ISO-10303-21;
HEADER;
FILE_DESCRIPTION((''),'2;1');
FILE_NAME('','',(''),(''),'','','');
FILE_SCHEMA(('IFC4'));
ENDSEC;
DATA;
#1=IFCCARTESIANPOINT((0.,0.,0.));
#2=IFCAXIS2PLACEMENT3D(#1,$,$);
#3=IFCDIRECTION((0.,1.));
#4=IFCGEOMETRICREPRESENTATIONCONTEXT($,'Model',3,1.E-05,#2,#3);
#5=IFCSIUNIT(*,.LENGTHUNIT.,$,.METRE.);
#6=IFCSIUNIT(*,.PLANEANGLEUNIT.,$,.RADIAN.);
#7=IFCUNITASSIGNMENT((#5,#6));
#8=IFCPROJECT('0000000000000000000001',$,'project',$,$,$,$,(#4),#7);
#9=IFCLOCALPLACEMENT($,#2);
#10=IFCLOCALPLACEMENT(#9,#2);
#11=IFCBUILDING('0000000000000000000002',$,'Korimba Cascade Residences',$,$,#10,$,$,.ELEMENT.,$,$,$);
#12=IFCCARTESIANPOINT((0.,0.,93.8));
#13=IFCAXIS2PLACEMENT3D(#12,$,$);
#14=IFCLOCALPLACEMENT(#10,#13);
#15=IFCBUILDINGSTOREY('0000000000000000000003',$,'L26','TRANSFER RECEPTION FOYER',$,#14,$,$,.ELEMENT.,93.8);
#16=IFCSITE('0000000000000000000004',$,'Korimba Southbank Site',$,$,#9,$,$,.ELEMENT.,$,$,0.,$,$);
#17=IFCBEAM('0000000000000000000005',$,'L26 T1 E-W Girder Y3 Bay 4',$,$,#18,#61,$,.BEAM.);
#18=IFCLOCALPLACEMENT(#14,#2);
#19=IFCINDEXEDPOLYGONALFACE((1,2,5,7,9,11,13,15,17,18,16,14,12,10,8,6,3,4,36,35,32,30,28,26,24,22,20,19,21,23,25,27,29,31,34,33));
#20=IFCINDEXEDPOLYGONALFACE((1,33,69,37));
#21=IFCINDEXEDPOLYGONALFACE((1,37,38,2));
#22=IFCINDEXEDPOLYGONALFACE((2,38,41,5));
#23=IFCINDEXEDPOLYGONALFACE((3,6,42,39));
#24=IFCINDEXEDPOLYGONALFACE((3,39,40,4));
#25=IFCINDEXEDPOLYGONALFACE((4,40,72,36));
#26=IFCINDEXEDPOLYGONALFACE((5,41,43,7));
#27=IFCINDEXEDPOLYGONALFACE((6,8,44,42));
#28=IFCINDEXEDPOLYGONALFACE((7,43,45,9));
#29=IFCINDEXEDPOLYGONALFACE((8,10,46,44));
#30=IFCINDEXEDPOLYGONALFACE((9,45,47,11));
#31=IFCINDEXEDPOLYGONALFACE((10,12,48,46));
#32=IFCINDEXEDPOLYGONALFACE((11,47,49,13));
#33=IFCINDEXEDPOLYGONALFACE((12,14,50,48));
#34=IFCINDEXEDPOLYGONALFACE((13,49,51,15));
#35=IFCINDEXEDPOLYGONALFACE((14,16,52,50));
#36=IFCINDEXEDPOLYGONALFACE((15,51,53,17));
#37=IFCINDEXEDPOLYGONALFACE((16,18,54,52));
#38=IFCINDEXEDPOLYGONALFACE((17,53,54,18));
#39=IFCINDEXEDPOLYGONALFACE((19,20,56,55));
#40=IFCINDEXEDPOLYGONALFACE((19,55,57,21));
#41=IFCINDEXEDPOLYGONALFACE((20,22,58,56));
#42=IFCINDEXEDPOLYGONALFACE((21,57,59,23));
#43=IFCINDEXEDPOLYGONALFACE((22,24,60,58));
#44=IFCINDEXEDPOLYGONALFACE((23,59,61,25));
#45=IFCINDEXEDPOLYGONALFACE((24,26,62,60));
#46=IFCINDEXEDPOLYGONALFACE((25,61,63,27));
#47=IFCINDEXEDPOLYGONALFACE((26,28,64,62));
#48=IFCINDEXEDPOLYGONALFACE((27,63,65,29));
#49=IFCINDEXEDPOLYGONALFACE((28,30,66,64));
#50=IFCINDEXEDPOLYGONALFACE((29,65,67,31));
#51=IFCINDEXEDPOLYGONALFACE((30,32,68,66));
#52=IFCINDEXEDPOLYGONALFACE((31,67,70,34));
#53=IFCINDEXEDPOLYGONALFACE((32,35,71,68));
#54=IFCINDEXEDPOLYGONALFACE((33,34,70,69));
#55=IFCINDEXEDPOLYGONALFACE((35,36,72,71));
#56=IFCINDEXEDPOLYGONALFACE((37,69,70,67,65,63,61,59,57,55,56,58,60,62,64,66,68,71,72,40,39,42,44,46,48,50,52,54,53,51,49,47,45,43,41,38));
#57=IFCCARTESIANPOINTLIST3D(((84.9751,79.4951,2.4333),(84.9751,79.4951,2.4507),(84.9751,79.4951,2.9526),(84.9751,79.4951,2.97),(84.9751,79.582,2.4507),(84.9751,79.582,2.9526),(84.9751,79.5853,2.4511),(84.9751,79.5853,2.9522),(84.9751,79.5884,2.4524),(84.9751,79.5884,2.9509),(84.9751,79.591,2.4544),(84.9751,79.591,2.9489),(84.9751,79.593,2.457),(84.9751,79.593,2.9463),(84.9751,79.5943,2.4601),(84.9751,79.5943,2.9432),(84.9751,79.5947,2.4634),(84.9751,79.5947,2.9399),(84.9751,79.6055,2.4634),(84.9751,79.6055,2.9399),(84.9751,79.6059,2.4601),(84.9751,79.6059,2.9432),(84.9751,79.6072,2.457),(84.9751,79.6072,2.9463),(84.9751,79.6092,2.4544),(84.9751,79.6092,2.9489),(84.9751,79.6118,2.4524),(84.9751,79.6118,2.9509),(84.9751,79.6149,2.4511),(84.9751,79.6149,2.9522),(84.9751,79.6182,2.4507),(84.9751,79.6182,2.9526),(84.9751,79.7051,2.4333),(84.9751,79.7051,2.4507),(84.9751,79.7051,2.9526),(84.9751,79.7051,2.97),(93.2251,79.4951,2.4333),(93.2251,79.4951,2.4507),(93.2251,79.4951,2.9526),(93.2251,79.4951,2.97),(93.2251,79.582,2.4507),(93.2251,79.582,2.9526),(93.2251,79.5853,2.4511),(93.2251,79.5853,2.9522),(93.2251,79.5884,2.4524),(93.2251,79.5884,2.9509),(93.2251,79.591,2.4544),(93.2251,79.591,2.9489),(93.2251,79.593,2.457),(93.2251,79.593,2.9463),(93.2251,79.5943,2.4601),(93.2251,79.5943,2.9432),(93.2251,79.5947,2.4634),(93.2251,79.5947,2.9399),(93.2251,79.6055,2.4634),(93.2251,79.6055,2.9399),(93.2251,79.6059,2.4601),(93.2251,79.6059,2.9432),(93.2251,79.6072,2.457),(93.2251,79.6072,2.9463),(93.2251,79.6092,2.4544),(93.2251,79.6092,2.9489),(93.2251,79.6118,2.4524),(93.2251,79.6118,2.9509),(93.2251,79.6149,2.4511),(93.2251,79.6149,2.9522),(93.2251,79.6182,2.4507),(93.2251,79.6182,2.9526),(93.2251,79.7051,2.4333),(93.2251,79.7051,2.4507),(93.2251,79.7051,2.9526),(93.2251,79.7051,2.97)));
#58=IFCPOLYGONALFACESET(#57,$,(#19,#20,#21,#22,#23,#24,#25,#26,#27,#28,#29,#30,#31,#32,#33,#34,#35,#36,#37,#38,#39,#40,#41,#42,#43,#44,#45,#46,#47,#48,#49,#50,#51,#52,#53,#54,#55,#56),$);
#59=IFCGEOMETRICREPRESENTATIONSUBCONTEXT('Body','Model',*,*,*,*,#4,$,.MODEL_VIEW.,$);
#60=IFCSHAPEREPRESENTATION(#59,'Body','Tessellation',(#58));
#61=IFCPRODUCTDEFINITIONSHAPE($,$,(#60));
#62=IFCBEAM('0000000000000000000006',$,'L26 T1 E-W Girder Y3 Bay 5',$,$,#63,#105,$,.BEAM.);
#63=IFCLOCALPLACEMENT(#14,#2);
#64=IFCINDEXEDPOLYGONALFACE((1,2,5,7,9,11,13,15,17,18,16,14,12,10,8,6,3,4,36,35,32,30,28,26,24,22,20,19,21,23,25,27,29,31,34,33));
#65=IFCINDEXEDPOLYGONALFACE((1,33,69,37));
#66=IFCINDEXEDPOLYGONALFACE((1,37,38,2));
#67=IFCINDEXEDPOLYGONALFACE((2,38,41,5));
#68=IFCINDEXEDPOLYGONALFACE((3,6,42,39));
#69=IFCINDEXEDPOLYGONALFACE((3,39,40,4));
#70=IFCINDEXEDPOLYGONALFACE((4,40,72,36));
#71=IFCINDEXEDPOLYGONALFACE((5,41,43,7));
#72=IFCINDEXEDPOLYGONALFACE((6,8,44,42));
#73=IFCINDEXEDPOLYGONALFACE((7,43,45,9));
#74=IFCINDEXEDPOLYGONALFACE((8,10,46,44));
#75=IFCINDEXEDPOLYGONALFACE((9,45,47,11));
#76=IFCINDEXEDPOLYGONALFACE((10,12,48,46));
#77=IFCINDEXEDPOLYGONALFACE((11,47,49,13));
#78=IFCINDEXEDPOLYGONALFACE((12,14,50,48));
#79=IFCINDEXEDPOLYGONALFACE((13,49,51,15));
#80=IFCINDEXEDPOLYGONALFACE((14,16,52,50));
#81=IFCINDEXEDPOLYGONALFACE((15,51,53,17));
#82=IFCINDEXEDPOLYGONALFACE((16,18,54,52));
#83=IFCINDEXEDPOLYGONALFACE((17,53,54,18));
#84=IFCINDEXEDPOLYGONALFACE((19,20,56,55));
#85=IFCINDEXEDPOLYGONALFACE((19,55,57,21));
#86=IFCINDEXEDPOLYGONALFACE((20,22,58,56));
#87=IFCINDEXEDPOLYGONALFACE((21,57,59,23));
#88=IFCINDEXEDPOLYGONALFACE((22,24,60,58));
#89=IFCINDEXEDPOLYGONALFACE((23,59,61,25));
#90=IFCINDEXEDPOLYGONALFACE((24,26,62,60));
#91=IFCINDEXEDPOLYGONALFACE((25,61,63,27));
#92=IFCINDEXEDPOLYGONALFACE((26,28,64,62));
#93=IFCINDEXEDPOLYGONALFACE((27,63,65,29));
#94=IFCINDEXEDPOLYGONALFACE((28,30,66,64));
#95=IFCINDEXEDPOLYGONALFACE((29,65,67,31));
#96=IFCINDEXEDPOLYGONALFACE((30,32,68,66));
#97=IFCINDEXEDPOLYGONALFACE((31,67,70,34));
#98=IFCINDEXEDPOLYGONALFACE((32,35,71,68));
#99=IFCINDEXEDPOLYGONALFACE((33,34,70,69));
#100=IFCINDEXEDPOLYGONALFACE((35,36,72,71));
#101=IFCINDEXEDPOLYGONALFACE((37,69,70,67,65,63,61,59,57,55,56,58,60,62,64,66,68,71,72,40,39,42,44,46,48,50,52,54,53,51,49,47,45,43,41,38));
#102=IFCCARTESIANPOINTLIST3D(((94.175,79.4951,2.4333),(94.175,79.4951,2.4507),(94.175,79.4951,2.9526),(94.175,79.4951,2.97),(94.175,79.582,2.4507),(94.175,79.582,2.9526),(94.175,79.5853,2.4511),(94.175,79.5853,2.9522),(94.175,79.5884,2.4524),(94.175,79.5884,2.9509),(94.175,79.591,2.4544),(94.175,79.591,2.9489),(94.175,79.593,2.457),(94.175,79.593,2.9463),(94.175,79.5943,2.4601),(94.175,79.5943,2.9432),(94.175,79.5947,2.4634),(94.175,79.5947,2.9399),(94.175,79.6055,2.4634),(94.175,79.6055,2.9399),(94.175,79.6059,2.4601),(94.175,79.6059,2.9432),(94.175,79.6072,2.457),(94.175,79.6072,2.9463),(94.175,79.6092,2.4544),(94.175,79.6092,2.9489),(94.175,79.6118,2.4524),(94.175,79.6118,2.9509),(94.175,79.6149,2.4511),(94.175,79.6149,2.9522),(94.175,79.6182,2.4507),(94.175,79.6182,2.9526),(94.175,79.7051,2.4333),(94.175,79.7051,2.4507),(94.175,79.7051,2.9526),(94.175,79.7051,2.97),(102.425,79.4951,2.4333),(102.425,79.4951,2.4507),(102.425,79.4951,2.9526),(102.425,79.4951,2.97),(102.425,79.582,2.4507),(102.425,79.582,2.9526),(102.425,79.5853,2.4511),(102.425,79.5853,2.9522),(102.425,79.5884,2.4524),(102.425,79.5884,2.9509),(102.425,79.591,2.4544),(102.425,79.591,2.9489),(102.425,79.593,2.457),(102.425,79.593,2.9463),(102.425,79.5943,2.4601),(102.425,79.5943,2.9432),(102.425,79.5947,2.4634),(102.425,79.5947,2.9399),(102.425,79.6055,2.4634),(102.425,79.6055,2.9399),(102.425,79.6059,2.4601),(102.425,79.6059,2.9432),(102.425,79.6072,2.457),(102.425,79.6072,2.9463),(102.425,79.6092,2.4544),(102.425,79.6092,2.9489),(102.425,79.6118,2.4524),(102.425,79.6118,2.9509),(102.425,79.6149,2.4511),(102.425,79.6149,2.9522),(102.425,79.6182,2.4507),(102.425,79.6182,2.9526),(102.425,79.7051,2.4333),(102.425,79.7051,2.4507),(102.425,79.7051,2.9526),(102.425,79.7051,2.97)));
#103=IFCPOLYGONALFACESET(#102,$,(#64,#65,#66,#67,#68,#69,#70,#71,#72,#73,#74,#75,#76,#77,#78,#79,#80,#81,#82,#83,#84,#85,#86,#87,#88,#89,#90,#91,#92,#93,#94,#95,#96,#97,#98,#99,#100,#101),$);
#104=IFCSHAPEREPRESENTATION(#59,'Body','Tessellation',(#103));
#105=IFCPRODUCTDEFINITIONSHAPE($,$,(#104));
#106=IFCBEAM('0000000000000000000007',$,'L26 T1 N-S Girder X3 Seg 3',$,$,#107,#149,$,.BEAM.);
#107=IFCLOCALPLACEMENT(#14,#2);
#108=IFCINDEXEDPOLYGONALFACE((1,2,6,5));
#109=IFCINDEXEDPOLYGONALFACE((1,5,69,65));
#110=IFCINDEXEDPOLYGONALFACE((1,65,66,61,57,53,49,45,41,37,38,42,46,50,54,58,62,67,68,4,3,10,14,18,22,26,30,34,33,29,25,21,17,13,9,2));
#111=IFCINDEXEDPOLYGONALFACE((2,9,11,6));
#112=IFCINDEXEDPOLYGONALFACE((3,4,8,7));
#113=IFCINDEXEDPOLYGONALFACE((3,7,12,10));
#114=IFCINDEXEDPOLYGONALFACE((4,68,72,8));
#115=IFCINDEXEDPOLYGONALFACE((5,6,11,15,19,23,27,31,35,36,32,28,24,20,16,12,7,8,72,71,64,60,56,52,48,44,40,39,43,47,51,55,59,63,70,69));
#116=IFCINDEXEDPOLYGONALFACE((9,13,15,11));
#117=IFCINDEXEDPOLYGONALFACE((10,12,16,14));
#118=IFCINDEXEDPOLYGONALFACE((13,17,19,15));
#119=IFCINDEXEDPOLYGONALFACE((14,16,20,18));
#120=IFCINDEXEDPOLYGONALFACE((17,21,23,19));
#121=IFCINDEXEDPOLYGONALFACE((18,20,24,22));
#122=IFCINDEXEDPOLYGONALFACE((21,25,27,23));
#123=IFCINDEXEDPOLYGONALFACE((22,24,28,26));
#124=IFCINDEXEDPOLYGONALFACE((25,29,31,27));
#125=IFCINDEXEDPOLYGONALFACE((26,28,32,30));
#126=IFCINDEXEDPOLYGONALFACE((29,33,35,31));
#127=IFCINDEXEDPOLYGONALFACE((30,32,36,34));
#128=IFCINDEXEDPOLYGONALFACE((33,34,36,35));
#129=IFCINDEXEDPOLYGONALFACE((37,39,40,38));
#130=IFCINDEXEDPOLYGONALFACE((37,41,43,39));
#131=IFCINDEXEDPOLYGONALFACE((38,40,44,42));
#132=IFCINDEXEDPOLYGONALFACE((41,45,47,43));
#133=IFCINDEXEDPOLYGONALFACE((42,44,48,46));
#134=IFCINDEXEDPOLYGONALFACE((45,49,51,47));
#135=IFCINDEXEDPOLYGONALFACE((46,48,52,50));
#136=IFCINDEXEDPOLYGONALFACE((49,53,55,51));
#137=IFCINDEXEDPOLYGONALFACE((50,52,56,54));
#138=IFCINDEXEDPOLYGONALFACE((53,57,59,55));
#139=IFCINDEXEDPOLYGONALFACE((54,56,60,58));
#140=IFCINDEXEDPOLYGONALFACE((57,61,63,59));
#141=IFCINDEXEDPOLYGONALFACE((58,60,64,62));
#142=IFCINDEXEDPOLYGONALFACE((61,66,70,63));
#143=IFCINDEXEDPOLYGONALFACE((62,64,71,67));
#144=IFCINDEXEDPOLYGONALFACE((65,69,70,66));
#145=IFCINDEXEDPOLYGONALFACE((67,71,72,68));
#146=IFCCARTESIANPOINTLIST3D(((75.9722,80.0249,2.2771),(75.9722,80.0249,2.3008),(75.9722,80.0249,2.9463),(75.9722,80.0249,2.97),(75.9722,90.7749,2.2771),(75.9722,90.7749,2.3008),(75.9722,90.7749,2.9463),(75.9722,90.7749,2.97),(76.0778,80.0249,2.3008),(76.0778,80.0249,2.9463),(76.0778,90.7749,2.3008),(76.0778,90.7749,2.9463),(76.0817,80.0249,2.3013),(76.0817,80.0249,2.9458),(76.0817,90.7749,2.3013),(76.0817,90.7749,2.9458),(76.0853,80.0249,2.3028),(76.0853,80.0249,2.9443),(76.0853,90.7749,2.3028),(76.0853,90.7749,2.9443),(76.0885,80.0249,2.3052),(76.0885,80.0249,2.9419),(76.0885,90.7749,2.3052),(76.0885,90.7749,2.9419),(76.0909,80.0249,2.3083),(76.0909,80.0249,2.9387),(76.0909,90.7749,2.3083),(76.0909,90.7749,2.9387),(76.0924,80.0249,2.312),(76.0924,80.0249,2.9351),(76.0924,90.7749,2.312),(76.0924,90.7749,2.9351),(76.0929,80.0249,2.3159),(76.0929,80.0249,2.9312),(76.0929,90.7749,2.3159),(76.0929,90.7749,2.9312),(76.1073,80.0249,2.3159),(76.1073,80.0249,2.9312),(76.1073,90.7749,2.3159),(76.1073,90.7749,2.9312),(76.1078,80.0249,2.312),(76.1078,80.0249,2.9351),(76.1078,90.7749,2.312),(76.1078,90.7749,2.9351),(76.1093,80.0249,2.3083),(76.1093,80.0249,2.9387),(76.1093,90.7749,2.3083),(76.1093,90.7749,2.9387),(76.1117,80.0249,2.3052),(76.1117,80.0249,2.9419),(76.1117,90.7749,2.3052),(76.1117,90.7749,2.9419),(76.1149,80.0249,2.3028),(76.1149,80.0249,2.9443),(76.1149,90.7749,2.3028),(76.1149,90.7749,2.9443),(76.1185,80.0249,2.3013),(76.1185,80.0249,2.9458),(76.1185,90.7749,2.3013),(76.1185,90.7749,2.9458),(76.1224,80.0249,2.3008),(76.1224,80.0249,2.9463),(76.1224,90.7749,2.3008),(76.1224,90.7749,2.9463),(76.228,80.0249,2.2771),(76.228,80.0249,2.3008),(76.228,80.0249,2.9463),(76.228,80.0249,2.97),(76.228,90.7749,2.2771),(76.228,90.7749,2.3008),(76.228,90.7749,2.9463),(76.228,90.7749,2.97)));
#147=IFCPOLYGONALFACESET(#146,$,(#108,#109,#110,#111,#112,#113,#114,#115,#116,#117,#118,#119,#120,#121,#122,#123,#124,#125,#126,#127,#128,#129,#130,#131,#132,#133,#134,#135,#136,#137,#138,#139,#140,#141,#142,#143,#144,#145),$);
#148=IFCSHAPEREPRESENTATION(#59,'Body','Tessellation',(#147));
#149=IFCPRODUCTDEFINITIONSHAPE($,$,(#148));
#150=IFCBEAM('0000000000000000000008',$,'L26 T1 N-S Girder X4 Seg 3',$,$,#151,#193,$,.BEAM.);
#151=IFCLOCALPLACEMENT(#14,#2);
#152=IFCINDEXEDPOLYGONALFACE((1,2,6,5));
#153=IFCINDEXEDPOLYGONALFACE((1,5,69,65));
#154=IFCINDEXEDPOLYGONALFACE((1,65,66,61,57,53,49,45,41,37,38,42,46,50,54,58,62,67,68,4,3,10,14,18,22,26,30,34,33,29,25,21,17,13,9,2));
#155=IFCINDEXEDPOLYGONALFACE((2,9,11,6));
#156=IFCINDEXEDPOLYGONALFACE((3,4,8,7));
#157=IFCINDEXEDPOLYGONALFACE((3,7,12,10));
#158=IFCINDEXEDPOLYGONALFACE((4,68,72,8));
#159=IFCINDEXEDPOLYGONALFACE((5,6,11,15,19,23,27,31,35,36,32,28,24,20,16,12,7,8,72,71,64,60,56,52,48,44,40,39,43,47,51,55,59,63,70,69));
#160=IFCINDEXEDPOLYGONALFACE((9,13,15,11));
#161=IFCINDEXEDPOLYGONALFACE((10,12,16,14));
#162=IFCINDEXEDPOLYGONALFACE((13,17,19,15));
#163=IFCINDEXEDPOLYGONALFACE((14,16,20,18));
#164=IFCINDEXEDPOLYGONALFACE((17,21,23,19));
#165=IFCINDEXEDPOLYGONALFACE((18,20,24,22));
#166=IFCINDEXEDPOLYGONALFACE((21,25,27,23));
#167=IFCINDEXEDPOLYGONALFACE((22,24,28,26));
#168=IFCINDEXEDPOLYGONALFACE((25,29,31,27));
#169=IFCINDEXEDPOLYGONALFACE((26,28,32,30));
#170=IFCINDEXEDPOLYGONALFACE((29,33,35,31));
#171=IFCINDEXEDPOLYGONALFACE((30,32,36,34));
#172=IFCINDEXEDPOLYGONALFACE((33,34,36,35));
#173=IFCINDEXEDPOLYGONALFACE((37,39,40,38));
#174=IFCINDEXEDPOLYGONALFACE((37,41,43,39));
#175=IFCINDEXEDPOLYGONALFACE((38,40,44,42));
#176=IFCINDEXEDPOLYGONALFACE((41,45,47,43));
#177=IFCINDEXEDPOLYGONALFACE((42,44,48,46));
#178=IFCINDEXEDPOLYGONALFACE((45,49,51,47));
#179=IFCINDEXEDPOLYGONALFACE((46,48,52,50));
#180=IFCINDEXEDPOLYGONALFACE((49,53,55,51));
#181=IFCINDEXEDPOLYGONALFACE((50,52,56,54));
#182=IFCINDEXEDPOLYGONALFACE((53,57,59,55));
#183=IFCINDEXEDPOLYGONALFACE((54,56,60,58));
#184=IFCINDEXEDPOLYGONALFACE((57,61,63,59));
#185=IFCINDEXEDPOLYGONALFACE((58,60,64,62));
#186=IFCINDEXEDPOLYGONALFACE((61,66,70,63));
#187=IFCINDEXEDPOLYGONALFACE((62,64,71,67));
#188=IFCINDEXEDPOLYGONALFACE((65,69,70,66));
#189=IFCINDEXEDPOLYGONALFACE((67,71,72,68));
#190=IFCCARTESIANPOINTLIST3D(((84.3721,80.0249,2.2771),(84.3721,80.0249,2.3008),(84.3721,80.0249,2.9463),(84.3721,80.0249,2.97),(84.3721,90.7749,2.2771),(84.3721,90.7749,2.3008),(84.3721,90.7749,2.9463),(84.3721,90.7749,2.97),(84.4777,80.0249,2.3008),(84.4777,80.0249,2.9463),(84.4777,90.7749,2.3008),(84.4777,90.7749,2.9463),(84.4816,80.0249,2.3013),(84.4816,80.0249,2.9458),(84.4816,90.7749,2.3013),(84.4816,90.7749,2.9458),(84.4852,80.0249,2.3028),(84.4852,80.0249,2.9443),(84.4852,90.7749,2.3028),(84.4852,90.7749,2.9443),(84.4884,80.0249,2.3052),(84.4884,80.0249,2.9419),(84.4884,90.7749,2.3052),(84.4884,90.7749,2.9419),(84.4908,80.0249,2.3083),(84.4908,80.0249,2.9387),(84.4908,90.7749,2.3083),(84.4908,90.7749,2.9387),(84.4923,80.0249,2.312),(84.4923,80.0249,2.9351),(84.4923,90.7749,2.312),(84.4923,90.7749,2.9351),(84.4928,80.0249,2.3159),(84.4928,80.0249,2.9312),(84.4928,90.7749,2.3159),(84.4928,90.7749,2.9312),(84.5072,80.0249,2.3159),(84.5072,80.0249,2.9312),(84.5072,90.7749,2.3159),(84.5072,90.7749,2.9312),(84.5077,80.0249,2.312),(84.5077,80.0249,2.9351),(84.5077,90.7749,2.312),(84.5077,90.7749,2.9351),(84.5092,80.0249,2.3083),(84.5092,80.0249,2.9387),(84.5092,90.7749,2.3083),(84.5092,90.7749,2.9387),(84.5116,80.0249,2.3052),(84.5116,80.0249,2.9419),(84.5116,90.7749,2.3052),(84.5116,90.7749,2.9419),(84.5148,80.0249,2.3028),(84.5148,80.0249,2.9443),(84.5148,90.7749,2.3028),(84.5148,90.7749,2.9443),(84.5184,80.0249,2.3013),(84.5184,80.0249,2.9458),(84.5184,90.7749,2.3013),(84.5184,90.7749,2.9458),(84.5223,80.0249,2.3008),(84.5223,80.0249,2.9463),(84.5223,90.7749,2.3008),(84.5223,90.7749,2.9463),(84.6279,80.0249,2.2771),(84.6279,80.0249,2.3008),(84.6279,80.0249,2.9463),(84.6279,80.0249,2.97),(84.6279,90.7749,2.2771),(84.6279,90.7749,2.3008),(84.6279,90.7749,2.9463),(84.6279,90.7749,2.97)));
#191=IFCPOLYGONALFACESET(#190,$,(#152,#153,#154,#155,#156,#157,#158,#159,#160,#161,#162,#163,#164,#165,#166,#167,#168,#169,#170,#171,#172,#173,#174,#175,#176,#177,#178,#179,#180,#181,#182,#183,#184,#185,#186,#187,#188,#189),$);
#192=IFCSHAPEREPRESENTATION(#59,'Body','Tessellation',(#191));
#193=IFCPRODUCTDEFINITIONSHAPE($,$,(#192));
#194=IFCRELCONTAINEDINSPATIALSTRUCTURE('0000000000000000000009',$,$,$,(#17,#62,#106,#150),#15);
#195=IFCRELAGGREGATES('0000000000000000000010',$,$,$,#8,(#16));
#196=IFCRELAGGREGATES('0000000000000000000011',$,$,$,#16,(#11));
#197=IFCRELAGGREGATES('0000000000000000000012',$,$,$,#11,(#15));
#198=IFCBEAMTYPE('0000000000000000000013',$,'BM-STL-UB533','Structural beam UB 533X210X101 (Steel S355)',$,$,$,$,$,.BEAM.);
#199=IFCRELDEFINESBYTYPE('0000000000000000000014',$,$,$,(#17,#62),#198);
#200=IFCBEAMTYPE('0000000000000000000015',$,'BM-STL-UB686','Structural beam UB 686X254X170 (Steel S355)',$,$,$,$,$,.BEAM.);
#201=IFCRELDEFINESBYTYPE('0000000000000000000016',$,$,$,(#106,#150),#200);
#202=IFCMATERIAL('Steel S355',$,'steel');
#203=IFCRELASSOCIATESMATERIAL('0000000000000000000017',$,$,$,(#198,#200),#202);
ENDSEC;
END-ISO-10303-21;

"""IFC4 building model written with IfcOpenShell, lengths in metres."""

from ifc_helpers import new_model, si_unit, direction, frame, origin, origin_2d, place, context, subcontext, project, spatial, i_section, extrude, material, material_profile, profile_set, type_object, element, save


model = new_model("IFC4")

# Units and contexts
model_context = context("Model", 3, precision=1e-05, world=origin(), true_north=direction((0.0, 1.0)))
body_context = subcontext(model_context, "Body", "Model", "MODEL_VIEW")
ifc_project = project(units=[si_unit("LENGTHUNIT", "METRE"), si_unit("PLANEANGLEUNIT", "RADIAN")], contexts=[model_context])

# Site, building, storey
site_placement = place(None, origin())
site = spatial("IfcSite", under=ifc_project, at=site_placement, Name="Korimba Southbank Site", CompositionType="ELEMENT", RefElevation=0.0)
building_placement = place(site_placement, origin())
building = spatial("IfcBuilding", under=site, at=building_placement, Name="Korimba Cascade Residences", CompositionType="ELEMENT")
storey_placement = place(building_placement, frame((0.0, 0.0, 93.8)))
storey = spatial("IfcBuildingStorey", under=building, at=storey_placement, Name="L26", Description="TRANSFER RECEPTION FOYER", CompositionType="ELEMENT", Elevation=93.8)

# Beams
ifc_material_1 = material(Name="Steel S355", Category="steel")
ifc_material_profile_1 = material_profile(ifc_material_1, i_section(OverallWidth=0.21, OverallDepth=0.5366, WebThickness=0.0107, FlangeThickness=0.0173, FilletRadius=0.0127, at=origin_2d()), Name="Steel S355")
ifc_profile_set_1 = profile_set([ifc_material_profile_1], Name="Steel S355")
beam_type_1 = type_object("IfcBeamType", Name="BM-STL-UB533", Description="Structural beam UB 533X210X101 (Steel S355)", PredefinedType="BEAM", material=ifc_profile_set_1)
for number, where, z_axis, x_axis, name in (
    (1, (84.9751, 79.6001, 2.7017), (1.0, 0.0, 0.0), (0.0, 1.0, 0.0), "L26 T1 E-W Girder Y3 Bay 4"),
    (2, (94.175, 79.6001, 2.7017), (1.0, 0.0, 0.0), (0.0, 1.0, 0.0), "L26 T1 E-W Girder Y3 Bay 5"),
):
    element("IfcBeam", number, at=place(storey_placement, frame(where, z_axis=z_axis, x_axis=x_axis)), inside=storey, type_object=beam_type_1, Name=name, PredefinedType="BEAM", context=body_context, shape_type="SweptSolid", body=[
        extrude(i_section(OverallWidth=0.21, OverallDepth=0.5366, WebThickness=0.0107, FlangeThickness=0.0173, FilletRadius=0.0127, at=origin_2d()), origin(), (0.0, 0.0, 1.0), 8.25),
    ])
ifc_material_profile_2 = material_profile(ifc_material_1, i_section(OverallWidth=0.2559, OverallDepth=0.6929, WebThickness=0.0144, FlangeThickness=0.0237, FilletRadius=0.0151, at=origin_2d()), Name="Steel S355")
ifc_profile_set_2 = profile_set([ifc_material_profile_2], Name="Steel S355")
beam_type_2 = type_object("IfcBeamType", Name="BM-STL-UB686", Description="Structural beam UB 686X254X170 (Steel S355)", PredefinedType="BEAM", material=ifc_profile_set_2)
for number, where, z_axis, x_axis, name in (
    (3, (76.1001, 80.0249, 2.6235), (0.0, 1.0, 0.0), (-1.0, 0.0, 0.0), "L26 T1 N-S Girder X3 Seg 3"),
    (4, (84.5, 80.0249, 2.6235), (0.0, 1.0, 0.0), (-1.0, 0.0, 0.0), "L26 T1 N-S Girder X4 Seg 3"),
):
    element("IfcBeam", number, at=place(storey_placement, frame(where, z_axis=z_axis, x_axis=x_axis)), inside=storey, type_object=beam_type_2, Name=name, PredefinedType="BEAM", context=body_context, shape_type="SweptSolid", body=[
        extrude(i_section(OverallWidth=0.2559, OverallDepth=0.6929, WebThickness=0.0144, FlangeThickness=0.0237, FilletRadius=0.0151, at=origin_2d()), origin(), (0.0, 0.0, 1.0), 10.75),
    ])

save(model, "model.ifc")
